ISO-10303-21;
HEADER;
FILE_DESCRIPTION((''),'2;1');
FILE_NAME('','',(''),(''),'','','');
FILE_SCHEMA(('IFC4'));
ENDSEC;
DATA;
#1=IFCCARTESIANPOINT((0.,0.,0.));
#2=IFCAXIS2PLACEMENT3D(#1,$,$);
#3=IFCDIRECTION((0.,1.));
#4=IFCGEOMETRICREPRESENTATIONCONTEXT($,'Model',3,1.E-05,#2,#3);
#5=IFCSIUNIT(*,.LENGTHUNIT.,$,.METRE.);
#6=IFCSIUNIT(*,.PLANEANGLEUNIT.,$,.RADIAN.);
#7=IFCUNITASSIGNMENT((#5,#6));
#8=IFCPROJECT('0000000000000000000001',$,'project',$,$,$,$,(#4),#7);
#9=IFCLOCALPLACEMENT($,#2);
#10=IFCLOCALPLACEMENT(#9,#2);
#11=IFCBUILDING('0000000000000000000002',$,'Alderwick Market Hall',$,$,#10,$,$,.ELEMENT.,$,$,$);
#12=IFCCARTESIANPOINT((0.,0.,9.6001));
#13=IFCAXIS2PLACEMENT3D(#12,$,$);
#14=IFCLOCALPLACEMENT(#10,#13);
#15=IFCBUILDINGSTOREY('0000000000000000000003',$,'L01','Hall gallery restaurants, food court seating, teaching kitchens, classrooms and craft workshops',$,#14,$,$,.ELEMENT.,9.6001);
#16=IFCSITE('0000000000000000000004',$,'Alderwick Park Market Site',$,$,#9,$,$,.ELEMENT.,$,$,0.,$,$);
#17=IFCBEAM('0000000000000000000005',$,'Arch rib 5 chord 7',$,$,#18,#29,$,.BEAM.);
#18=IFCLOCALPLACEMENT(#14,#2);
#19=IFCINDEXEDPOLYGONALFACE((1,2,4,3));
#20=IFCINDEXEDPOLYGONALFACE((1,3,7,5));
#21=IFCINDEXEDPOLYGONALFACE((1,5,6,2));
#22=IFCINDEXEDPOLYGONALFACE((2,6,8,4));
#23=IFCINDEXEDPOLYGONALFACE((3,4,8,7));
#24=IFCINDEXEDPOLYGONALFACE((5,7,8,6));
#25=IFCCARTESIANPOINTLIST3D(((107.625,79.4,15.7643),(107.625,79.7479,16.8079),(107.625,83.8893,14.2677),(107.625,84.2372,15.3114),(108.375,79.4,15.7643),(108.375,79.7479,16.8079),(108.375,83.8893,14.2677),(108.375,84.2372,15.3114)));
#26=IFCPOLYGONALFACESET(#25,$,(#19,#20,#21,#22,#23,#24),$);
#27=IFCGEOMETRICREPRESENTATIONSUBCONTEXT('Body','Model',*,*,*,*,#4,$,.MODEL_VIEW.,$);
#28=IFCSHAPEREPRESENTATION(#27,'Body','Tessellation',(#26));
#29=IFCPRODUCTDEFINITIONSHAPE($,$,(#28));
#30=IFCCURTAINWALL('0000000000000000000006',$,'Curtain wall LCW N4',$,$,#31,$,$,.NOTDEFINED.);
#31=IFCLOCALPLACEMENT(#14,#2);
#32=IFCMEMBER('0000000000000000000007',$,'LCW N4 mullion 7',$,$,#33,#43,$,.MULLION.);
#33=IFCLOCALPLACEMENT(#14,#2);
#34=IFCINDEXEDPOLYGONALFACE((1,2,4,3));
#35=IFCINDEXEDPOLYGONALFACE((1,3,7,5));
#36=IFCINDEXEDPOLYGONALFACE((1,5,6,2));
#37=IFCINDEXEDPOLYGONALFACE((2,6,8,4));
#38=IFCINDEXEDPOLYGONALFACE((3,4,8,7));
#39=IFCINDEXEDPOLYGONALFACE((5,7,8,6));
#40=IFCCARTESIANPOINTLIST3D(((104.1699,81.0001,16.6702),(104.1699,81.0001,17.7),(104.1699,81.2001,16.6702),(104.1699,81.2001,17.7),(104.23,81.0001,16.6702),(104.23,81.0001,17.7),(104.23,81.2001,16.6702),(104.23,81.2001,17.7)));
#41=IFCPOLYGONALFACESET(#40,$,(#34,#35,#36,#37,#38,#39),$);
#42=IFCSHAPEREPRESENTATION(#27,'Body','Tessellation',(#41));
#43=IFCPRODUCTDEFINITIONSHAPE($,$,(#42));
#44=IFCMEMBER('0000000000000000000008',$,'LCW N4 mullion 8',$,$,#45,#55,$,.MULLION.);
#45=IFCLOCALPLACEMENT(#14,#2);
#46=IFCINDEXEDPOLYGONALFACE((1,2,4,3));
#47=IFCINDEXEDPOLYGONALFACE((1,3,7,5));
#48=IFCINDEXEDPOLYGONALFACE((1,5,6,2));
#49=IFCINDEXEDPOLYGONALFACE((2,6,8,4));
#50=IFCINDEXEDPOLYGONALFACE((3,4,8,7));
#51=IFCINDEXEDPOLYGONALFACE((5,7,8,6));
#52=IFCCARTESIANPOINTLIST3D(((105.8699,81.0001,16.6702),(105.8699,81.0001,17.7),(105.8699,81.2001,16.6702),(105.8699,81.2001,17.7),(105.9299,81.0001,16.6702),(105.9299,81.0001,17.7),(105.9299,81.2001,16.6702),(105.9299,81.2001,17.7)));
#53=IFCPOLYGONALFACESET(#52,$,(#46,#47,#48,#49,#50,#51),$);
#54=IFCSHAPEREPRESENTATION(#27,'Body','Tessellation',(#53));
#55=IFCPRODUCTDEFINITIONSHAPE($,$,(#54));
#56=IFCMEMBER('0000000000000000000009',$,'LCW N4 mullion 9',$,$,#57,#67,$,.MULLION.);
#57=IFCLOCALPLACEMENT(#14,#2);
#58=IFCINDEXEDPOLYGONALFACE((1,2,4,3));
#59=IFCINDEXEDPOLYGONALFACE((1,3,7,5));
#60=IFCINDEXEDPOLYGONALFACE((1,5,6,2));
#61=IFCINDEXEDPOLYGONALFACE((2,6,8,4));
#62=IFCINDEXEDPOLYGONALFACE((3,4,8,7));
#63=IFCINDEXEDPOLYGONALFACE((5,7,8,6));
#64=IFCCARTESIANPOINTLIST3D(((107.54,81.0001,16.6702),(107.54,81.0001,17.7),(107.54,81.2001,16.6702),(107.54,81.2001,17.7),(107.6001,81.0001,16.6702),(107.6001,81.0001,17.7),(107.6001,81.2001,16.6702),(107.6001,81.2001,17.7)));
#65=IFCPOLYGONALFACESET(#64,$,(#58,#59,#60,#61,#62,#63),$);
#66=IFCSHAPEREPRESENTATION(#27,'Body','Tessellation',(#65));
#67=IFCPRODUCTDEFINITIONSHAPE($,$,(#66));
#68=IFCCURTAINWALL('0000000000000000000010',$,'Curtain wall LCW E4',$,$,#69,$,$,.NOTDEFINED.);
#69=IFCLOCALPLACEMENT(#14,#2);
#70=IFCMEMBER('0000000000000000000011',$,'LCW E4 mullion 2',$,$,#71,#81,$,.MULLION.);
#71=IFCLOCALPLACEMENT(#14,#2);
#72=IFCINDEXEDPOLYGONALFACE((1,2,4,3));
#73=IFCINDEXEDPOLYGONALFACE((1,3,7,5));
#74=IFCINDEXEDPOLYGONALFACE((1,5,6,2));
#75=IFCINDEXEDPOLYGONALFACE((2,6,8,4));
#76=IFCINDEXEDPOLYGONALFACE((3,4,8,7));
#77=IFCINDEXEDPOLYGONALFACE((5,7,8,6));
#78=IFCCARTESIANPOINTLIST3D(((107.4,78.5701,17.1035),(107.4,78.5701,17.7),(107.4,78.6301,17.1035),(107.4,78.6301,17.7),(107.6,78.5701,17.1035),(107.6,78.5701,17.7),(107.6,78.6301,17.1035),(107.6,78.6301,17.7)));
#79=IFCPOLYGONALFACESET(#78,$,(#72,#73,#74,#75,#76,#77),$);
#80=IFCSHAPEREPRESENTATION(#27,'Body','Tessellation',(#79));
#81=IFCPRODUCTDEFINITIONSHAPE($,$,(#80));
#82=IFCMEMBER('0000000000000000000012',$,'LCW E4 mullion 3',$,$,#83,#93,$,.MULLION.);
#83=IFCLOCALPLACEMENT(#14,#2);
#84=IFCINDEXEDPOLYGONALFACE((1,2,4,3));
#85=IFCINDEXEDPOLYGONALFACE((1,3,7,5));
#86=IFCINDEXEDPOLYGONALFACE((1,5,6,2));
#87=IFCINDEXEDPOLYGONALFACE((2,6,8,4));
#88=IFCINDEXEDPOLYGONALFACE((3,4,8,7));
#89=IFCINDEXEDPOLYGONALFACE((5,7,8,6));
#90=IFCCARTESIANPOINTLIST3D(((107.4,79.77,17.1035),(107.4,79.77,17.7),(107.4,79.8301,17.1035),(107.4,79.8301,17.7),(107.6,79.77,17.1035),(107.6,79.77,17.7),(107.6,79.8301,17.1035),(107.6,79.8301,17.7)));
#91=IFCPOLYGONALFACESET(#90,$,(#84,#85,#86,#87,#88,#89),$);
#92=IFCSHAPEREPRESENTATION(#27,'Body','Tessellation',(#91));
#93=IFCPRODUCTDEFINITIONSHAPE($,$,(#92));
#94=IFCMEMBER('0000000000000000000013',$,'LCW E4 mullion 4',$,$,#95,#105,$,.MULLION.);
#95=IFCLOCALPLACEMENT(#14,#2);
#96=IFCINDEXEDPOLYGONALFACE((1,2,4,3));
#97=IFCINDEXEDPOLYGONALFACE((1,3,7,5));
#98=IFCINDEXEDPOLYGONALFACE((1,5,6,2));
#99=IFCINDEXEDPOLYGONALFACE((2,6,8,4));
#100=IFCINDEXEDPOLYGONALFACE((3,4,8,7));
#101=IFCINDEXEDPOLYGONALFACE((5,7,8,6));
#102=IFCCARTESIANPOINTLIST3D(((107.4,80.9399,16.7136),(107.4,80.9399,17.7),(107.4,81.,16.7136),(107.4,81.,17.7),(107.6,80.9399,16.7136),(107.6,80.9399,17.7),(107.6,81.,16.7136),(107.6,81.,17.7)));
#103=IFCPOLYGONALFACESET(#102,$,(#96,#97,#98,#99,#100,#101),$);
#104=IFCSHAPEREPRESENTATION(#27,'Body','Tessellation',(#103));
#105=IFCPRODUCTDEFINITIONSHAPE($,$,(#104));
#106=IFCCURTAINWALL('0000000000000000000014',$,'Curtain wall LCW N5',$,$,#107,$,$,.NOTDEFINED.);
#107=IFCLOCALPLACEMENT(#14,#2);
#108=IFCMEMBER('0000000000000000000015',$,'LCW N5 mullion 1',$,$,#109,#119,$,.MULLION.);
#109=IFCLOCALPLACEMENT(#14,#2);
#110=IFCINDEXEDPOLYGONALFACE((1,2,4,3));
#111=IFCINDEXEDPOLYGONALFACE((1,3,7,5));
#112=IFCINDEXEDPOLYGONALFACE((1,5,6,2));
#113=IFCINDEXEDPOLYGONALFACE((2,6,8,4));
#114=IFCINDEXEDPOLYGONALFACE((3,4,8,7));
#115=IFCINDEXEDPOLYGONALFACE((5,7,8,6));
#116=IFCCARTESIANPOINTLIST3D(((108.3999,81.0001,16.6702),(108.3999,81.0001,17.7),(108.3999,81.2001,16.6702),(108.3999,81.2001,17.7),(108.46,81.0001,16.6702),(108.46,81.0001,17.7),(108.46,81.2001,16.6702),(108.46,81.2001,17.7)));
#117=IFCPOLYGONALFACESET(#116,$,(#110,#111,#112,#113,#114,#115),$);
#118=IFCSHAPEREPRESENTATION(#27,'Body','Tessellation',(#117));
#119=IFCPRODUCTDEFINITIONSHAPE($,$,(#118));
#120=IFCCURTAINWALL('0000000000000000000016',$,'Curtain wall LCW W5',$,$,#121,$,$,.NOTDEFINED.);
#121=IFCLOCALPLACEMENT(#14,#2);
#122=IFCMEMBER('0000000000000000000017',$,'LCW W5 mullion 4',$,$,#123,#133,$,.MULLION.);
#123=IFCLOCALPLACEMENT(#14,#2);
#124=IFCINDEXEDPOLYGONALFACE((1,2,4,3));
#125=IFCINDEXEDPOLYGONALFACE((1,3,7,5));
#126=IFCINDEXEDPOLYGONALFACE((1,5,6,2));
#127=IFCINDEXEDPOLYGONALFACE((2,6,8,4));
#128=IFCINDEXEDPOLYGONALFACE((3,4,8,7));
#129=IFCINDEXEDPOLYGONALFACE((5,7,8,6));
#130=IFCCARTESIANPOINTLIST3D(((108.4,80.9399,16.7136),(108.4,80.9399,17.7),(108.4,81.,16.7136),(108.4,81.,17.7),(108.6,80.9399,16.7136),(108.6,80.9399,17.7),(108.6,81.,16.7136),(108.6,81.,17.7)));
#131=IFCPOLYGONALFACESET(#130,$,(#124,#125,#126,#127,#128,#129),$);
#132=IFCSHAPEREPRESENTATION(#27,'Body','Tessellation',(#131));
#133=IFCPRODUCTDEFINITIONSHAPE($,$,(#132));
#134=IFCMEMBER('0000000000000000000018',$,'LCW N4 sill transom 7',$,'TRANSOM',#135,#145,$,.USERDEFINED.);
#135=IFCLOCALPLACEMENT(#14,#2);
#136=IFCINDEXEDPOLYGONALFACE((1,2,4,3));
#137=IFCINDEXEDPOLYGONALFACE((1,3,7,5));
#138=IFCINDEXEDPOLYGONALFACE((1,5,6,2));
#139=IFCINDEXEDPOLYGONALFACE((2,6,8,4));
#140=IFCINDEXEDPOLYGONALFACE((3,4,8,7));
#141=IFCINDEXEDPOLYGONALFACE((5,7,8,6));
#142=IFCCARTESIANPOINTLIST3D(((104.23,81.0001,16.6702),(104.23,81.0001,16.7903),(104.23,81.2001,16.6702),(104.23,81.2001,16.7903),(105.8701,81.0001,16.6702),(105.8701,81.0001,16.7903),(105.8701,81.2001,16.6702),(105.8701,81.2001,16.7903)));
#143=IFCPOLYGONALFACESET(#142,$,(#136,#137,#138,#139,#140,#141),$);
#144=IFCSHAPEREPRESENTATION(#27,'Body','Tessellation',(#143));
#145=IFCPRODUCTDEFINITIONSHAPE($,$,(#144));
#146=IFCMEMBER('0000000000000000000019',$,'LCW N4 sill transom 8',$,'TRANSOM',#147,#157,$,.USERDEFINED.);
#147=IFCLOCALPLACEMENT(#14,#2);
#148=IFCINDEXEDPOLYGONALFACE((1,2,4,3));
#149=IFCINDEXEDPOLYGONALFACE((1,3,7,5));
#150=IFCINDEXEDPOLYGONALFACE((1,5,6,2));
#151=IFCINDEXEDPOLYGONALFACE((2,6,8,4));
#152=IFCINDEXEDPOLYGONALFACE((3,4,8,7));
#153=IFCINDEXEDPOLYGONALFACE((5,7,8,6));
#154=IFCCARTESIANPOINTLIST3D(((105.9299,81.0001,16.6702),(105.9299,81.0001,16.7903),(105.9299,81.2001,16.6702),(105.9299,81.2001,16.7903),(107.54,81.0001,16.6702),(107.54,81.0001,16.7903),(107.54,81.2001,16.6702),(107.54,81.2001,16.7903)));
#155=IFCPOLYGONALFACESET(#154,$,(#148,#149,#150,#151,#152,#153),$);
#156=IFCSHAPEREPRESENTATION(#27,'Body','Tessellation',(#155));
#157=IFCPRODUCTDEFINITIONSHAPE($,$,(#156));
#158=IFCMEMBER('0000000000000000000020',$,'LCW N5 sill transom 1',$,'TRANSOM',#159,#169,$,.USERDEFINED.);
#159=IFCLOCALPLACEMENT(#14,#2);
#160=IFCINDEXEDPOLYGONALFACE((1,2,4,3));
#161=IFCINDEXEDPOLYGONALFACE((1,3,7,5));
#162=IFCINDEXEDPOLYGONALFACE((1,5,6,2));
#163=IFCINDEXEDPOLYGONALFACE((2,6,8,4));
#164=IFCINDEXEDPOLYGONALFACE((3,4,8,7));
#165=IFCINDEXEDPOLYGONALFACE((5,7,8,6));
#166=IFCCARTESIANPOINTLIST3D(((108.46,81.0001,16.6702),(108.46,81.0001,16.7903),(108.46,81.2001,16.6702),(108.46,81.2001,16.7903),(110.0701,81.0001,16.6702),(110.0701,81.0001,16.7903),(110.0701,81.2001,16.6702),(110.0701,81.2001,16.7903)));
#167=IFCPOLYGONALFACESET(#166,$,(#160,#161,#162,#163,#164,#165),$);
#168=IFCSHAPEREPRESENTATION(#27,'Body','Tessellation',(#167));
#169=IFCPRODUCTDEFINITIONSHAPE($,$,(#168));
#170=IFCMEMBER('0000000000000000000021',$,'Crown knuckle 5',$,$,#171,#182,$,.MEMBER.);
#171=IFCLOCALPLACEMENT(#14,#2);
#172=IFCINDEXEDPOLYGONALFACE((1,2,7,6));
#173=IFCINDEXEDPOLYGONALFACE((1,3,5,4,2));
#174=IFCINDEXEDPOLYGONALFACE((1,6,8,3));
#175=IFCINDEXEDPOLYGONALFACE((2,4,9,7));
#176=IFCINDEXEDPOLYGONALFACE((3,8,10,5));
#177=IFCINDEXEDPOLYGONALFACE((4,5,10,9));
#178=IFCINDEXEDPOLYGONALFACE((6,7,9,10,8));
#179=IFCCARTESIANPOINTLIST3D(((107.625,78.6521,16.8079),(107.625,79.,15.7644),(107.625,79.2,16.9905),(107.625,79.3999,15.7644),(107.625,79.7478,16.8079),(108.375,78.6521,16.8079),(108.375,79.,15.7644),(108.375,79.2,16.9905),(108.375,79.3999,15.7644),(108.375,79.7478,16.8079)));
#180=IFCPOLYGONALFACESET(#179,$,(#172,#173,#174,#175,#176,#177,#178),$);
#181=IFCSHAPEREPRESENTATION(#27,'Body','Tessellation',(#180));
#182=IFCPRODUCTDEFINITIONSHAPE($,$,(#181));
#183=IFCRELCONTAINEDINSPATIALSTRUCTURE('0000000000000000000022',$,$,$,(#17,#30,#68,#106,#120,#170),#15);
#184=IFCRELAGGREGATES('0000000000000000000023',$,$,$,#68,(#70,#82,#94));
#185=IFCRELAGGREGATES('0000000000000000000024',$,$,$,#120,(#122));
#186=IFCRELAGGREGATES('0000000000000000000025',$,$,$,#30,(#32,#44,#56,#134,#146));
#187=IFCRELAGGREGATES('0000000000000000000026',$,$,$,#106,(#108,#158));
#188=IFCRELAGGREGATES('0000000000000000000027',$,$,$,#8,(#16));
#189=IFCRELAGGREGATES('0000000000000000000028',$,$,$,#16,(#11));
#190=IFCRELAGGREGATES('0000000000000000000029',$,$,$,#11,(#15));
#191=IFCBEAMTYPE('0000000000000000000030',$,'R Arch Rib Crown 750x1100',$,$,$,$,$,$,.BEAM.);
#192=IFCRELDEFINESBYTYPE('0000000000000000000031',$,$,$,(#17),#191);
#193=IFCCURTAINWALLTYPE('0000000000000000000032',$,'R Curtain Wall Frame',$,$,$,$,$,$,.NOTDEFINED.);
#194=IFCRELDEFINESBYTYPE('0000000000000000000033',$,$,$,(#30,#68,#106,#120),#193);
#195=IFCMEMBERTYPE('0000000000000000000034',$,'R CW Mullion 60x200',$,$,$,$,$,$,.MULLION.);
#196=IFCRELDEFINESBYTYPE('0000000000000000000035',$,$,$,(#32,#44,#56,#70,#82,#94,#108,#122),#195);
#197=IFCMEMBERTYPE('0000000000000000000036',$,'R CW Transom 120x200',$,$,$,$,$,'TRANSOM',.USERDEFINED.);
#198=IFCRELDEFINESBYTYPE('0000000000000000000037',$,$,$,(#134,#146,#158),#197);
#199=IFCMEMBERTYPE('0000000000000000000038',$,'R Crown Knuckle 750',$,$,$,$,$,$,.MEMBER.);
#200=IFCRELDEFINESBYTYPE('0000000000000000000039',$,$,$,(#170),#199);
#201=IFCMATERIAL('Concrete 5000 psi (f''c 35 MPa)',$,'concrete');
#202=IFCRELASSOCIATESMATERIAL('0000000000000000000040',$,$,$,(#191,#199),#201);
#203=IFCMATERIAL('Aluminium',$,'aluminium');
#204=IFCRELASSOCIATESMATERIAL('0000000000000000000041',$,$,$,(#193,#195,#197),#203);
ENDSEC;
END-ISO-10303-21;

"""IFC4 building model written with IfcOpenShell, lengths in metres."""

from ifc_helpers import new_model, si_unit, direction, frame, origin, origin_2d, place, context, subcontext, project, spatial, polyline, rectangle, outline, extrude, material, material_profile, profile_set, type_object, element, aggregate, save


model = new_model("IFC4")

# Units and contexts
model_context = context("Model", 3, precision=1e-05, world=origin(), true_north=direction((0.0, 1.0)))
body_context = subcontext(model_context, "Body", "Model", "MODEL_VIEW")
ifc_project = project(units=[si_unit("LENGTHUNIT", "METRE"), si_unit("PLANEANGLEUNIT", "RADIAN")], contexts=[model_context])

# Site, building, storey
site_placement = place(None, origin())
site = spatial("IfcSite", under=ifc_project, at=site_placement, Name="Alderwick Park Market Site", CompositionType="ELEMENT", RefElevation=0.0)
building_placement = place(site_placement, origin())
building = spatial("IfcBuilding", under=site, at=building_placement, Name="Alderwick Market Hall", CompositionType="ELEMENT")
storey_placement = place(building_placement, frame((0.0, 0.0, 9.6001)))
storey = spatial("IfcBuildingStorey", under=building, at=storey_placement, Name="L01", Description="Hall gallery restaurants, food court seating, teaching kitchens, classrooms and craft workshops", CompositionType="ELEMENT", Elevation=9.6001)

# Beam
ifc_material_1 = material(Name="Concrete 5000 psi (f'c 35 MPa)", Category="concrete")
ifc_material_profile_1 = material_profile(ifc_material_1, rectangle(XDim=0.75, YDim=1.1001, at=origin_2d()), Name="RC 750x1100")
ifc_profile_set_1 = profile_set([ifc_material_profile_1], Name="Concrete 5000 psi (f'c 35 MPa)")
beam_type = type_object("IfcBeamType", Name="R Arch Rib Crown 750x1100", PredefinedType="BEAM", material=ifc_profile_set_1)
beam_placement = place(storey_placement, frame((108.0, 79.574, 16.2861), z_axis=(0.0, 0.948673, -0.316259), x_axis=(-1.0, 0.0, 0.0)))
element("IfcBeam", 1, at=beam_placement, inside=storey, type_object=beam_type, Name="Arch rib 5 chord 7", PredefinedType="BEAM", context=body_context, shape_type="SweptSolid", body=[
    extrude(rectangle(XDim=0.75, YDim=1.1001, at=origin_2d()), origin(), (0.0, 0.0, 1.0), 4.7322),
])

# Curtain walls, members
ifc_material_2 = material(Name="Aluminium", Category="aluminium")
curtain_wall_type = type_object("IfcCurtainWallType", Name="R Curtain Wall Frame", PredefinedType="NOTDEFINED", material=ifc_material_2)
curtain_wall_1_placement = place(storey_placement, origin())
curtain_wall_1 = element("IfcCurtainWall", 2, at=curtain_wall_1_placement, inside=storey, type_object=curtain_wall_type, Name="Curtain wall LCW N4", PredefinedType="NOTDEFINED")
ifc_material_profile_2 = material_profile(ifc_material_2, rectangle(XDim=0.2, YDim=0.0601, at=origin_2d()), Name="AL 60x200")
ifc_profile_set_2 = profile_set([ifc_material_profile_2], Name="Aluminium")
member_type_1 = type_object("IfcMemberType", Name="R CW Mullion 60x200", PredefinedType="MULLION", material=ifc_profile_set_2)
member_1_placement = place(storey_placement, frame((104.2, 81.1001, 16.6702), z_axis=(0.0, 0.0, 1.0), x_axis=(0.0, 1.0, 0.0)))
member_1 = element("IfcMember", 3, at=member_1_placement, type_object=member_type_1, Name="LCW N4 mullion 7", PredefinedType="MULLION", context=body_context, shape_type="SweptSolid", body=[
    extrude(rectangle(XDim=0.2, YDim=0.0601, at=origin_2d()), origin(), (0.0, 0.0, 1.0), 1.0298),
])
member_2_placement = place(storey_placement, frame((105.8999, 81.1001, 16.6702), z_axis=(0.0, 0.0, 1.0), x_axis=(0.0, 1.0, 0.0)))
member_2 = element("IfcMember", 4, at=member_2_placement, type_object=member_type_1, Name="LCW N4 mullion 8", PredefinedType="MULLION", context=body_context, shape_type="SweptSolid", body=[
    extrude(rectangle(XDim=0.2, YDim=0.0601, at=origin_2d()), origin(), (0.0, 0.0, 1.0), 1.0298),
])
member_3_placement = place(storey_placement, frame((107.5701, 81.1001, 16.6702), z_axis=(0.0, 0.0, 1.0), x_axis=(0.0, 1.0, 0.0)))
member_3 = element("IfcMember", 5, at=member_3_placement, type_object=member_type_1, Name="LCW N4 mullion 9", PredefinedType="MULLION", context=body_context, shape_type="SweptSolid", body=[
    extrude(rectangle(XDim=0.2, YDim=0.0601, at=origin_2d()), origin(), (0.0, 0.0, 1.0), 1.0298),
])
curtain_wall_2_placement = place(storey_placement, origin())
curtain_wall_2 = element("IfcCurtainWall", 6, at=curtain_wall_2_placement, inside=storey, type_object=curtain_wall_type, Name="Curtain wall LCW E4", PredefinedType="NOTDEFINED")
member_4_placement = place(storey_placement, frame((107.5, 78.6001, 17.1035), z_axis=(0.0, 0.0, 1.0), x_axis=(1.0, 0.0, 0.0)))
member_4 = element("IfcMember", 7, at=member_4_placement, type_object=member_type_1, Name="LCW E4 mullion 2", PredefinedType="MULLION", context=body_context, shape_type="SweptSolid", body=[
    extrude(rectangle(XDim=0.2, YDim=0.0601, at=origin_2d()), origin(), (0.0, 0.0, 1.0), 0.5964),
])
member_5_placement = place(storey_placement, frame((107.5, 79.8, 17.1035), z_axis=(0.0, 0.0, 1.0), x_axis=(1.0, 0.0, 0.0)))
member_5 = element("IfcMember", 8, at=member_5_placement, type_object=member_type_1, Name="LCW E4 mullion 3", PredefinedType="MULLION", context=body_context, shape_type="SweptSolid", body=[
    extrude(rectangle(XDim=0.2, YDim=0.0601, at=origin_2d()), origin(), (0.0, 0.0, 1.0), 0.5964),
])
member_6_placement = place(storey_placement, frame((107.5, 80.97, 16.7136), z_axis=(0.0, 0.0, 1.0), x_axis=(1.0, 0.0, 0.0)))
member_6 = element("IfcMember", 9, at=member_6_placement, type_object=member_type_1, Name="LCW E4 mullion 4", PredefinedType="MULLION", context=body_context, shape_type="SweptSolid", body=[
    extrude(rectangle(XDim=0.2, YDim=0.0601, at=origin_2d()), origin(), (0.0, 0.0, 1.0), 0.9863),
])
aggregate(curtain_wall_2, [member_4, member_5, member_6])

# Curtain walls, members
curtain_wall_3_placement = place(storey_placement, origin())
curtain_wall_3 = element("IfcCurtainWall", 10, at=curtain_wall_3_placement, inside=storey, type_object=curtain_wall_type, Name="Curtain wall LCW N5", PredefinedType="NOTDEFINED")
member_7_placement = place(storey_placement, frame((108.4299, 81.1001, 16.6702), z_axis=(0.0, 0.0, 1.0), x_axis=(0.0, 1.0, 0.0)))
member_7 = element("IfcMember", 11, at=member_7_placement, type_object=member_type_1, Name="LCW N5 mullion 1", PredefinedType="MULLION", context=body_context, shape_type="SweptSolid", body=[
    extrude(rectangle(XDim=0.2, YDim=0.0601, at=origin_2d()), origin(), (0.0, 0.0, 1.0), 1.0298),
])
curtain_wall_4_placement = place(storey_placement, origin())
curtain_wall_4 = element("IfcCurtainWall", 12, at=curtain_wall_4_placement, inside=storey, type_object=curtain_wall_type, Name="Curtain wall LCW W5", PredefinedType="NOTDEFINED")
member_8_placement = place(storey_placement, frame((108.5, 80.97, 16.7136), z_axis=(0.0, 0.0, 1.0), x_axis=(1.0, 0.0, 0.0)))
member_8 = element("IfcMember", 13, at=member_8_placement, type_object=member_type_1, Name="LCW W5 mullion 4", PredefinedType="MULLION", context=body_context, shape_type="SweptSolid", body=[
    extrude(rectangle(XDim=0.2, YDim=0.0601, at=origin_2d()), origin(), (0.0, 0.0, 1.0), 0.9863),
])
aggregate(curtain_wall_4, [member_8])

# Members
ifc_material_profile_3 = material_profile(ifc_material_2, rectangle(XDim=0.2, YDim=0.1201, at=origin_2d()), Name="AL 120x200")
ifc_profile_set_3 = profile_set([ifc_material_profile_3], Name="Aluminium")
member_type_2 = type_object("IfcMemberType", Name="R CW Transom 120x200", ElementType="TRANSOM", PredefinedType="USERDEFINED", material=ifc_profile_set_3)
member_9_placement = place(storey_placement, frame((104.23, 81.1001, 16.7302), z_axis=(1.0, 0.0, 0.0), x_axis=(0.0, 1.0, 0.0)))
member_9 = element("IfcMember", 14, at=member_9_placement, type_object=member_type_2, Name="LCW N4 sill transom 7", ObjectType="TRANSOM", PredefinedType="USERDEFINED", context=body_context, shape_type="SweptSolid", body=[
    extrude(rectangle(XDim=0.2, YDim=0.1201, at=origin_2d()), origin(), (0.0, 0.0, 1.0), 1.6401),
])
member_10_placement = place(storey_placement, frame((105.9299, 81.1001, 16.7302), z_axis=(1.0, 0.0, 0.0), x_axis=(0.0, 1.0, 0.0)))
member_10 = element("IfcMember", 15, at=member_10_placement, type_object=member_type_2, Name="LCW N4 sill transom 8", ObjectType="TRANSOM", PredefinedType="USERDEFINED", context=body_context, shape_type="SweptSolid", body=[
    extrude(rectangle(XDim=0.2, YDim=0.1201, at=origin_2d()), origin(), (0.0, 0.0, 1.0), 1.6101),
])
member_11_placement = place(storey_placement, frame((108.46, 81.1001, 16.7302), z_axis=(1.0, 0.0, 0.0), x_axis=(0.0, 1.0, 0.0)))
member_11 = element("IfcMember", 16, at=member_11_placement, type_object=member_type_2, Name="LCW N5 sill transom 1", ObjectType="TRANSOM", PredefinedType="USERDEFINED", context=body_context, shape_type="SweptSolid", body=[
    extrude(rectangle(XDim=0.2, YDim=0.1201, at=origin_2d()), origin(), (0.0, 0.0, 1.0), 1.6101),
])

# Member
ifc_material_profile_4 = material_profile(ifc_material_1, outline(polyline([(-0.2, 0.0), (-0.5479, 1.0435), (0.0, 1.2261), (0.5479, 1.0435), (0.2, 0.0), (-0.2, 0.0)])), Name="RC crown knuckle")
ifc_profile_set_4 = profile_set([ifc_material_profile_4], Name="Concrete 5000 psi (f'c 35 MPa)")
member_type_3 = type_object("IfcMemberType", Name="R Crown Knuckle 750", PredefinedType="MEMBER", material=ifc_profile_set_4)
member_12_placement = place(storey_placement, frame((107.625, 79.2, 15.7644), z_axis=(1.0, 0.0, 0.0), x_axis=(0.0, 1.0, 0.0)))
element("IfcMember", 17, at=member_12_placement, inside=storey, type_object=member_type_3, Name="Crown knuckle 5", PredefinedType="MEMBER", context=body_context, shape_type="SweptSolid", body=[
    extrude(outline(polyline([(-0.2, 0.0), (-0.5479, 1.0435), (0.0, 1.2261), (0.5479, 1.0435), (0.2, 0.0), (-0.2, 0.0)])), origin(), (0.0, 0.0, 1.0), 0.75),
])

aggregate(curtain_wall_1, [member_1, member_2, member_3, member_9, member_10])
aggregate(curtain_wall_3, [member_7, member_11])

save(model, "model.ifc")
